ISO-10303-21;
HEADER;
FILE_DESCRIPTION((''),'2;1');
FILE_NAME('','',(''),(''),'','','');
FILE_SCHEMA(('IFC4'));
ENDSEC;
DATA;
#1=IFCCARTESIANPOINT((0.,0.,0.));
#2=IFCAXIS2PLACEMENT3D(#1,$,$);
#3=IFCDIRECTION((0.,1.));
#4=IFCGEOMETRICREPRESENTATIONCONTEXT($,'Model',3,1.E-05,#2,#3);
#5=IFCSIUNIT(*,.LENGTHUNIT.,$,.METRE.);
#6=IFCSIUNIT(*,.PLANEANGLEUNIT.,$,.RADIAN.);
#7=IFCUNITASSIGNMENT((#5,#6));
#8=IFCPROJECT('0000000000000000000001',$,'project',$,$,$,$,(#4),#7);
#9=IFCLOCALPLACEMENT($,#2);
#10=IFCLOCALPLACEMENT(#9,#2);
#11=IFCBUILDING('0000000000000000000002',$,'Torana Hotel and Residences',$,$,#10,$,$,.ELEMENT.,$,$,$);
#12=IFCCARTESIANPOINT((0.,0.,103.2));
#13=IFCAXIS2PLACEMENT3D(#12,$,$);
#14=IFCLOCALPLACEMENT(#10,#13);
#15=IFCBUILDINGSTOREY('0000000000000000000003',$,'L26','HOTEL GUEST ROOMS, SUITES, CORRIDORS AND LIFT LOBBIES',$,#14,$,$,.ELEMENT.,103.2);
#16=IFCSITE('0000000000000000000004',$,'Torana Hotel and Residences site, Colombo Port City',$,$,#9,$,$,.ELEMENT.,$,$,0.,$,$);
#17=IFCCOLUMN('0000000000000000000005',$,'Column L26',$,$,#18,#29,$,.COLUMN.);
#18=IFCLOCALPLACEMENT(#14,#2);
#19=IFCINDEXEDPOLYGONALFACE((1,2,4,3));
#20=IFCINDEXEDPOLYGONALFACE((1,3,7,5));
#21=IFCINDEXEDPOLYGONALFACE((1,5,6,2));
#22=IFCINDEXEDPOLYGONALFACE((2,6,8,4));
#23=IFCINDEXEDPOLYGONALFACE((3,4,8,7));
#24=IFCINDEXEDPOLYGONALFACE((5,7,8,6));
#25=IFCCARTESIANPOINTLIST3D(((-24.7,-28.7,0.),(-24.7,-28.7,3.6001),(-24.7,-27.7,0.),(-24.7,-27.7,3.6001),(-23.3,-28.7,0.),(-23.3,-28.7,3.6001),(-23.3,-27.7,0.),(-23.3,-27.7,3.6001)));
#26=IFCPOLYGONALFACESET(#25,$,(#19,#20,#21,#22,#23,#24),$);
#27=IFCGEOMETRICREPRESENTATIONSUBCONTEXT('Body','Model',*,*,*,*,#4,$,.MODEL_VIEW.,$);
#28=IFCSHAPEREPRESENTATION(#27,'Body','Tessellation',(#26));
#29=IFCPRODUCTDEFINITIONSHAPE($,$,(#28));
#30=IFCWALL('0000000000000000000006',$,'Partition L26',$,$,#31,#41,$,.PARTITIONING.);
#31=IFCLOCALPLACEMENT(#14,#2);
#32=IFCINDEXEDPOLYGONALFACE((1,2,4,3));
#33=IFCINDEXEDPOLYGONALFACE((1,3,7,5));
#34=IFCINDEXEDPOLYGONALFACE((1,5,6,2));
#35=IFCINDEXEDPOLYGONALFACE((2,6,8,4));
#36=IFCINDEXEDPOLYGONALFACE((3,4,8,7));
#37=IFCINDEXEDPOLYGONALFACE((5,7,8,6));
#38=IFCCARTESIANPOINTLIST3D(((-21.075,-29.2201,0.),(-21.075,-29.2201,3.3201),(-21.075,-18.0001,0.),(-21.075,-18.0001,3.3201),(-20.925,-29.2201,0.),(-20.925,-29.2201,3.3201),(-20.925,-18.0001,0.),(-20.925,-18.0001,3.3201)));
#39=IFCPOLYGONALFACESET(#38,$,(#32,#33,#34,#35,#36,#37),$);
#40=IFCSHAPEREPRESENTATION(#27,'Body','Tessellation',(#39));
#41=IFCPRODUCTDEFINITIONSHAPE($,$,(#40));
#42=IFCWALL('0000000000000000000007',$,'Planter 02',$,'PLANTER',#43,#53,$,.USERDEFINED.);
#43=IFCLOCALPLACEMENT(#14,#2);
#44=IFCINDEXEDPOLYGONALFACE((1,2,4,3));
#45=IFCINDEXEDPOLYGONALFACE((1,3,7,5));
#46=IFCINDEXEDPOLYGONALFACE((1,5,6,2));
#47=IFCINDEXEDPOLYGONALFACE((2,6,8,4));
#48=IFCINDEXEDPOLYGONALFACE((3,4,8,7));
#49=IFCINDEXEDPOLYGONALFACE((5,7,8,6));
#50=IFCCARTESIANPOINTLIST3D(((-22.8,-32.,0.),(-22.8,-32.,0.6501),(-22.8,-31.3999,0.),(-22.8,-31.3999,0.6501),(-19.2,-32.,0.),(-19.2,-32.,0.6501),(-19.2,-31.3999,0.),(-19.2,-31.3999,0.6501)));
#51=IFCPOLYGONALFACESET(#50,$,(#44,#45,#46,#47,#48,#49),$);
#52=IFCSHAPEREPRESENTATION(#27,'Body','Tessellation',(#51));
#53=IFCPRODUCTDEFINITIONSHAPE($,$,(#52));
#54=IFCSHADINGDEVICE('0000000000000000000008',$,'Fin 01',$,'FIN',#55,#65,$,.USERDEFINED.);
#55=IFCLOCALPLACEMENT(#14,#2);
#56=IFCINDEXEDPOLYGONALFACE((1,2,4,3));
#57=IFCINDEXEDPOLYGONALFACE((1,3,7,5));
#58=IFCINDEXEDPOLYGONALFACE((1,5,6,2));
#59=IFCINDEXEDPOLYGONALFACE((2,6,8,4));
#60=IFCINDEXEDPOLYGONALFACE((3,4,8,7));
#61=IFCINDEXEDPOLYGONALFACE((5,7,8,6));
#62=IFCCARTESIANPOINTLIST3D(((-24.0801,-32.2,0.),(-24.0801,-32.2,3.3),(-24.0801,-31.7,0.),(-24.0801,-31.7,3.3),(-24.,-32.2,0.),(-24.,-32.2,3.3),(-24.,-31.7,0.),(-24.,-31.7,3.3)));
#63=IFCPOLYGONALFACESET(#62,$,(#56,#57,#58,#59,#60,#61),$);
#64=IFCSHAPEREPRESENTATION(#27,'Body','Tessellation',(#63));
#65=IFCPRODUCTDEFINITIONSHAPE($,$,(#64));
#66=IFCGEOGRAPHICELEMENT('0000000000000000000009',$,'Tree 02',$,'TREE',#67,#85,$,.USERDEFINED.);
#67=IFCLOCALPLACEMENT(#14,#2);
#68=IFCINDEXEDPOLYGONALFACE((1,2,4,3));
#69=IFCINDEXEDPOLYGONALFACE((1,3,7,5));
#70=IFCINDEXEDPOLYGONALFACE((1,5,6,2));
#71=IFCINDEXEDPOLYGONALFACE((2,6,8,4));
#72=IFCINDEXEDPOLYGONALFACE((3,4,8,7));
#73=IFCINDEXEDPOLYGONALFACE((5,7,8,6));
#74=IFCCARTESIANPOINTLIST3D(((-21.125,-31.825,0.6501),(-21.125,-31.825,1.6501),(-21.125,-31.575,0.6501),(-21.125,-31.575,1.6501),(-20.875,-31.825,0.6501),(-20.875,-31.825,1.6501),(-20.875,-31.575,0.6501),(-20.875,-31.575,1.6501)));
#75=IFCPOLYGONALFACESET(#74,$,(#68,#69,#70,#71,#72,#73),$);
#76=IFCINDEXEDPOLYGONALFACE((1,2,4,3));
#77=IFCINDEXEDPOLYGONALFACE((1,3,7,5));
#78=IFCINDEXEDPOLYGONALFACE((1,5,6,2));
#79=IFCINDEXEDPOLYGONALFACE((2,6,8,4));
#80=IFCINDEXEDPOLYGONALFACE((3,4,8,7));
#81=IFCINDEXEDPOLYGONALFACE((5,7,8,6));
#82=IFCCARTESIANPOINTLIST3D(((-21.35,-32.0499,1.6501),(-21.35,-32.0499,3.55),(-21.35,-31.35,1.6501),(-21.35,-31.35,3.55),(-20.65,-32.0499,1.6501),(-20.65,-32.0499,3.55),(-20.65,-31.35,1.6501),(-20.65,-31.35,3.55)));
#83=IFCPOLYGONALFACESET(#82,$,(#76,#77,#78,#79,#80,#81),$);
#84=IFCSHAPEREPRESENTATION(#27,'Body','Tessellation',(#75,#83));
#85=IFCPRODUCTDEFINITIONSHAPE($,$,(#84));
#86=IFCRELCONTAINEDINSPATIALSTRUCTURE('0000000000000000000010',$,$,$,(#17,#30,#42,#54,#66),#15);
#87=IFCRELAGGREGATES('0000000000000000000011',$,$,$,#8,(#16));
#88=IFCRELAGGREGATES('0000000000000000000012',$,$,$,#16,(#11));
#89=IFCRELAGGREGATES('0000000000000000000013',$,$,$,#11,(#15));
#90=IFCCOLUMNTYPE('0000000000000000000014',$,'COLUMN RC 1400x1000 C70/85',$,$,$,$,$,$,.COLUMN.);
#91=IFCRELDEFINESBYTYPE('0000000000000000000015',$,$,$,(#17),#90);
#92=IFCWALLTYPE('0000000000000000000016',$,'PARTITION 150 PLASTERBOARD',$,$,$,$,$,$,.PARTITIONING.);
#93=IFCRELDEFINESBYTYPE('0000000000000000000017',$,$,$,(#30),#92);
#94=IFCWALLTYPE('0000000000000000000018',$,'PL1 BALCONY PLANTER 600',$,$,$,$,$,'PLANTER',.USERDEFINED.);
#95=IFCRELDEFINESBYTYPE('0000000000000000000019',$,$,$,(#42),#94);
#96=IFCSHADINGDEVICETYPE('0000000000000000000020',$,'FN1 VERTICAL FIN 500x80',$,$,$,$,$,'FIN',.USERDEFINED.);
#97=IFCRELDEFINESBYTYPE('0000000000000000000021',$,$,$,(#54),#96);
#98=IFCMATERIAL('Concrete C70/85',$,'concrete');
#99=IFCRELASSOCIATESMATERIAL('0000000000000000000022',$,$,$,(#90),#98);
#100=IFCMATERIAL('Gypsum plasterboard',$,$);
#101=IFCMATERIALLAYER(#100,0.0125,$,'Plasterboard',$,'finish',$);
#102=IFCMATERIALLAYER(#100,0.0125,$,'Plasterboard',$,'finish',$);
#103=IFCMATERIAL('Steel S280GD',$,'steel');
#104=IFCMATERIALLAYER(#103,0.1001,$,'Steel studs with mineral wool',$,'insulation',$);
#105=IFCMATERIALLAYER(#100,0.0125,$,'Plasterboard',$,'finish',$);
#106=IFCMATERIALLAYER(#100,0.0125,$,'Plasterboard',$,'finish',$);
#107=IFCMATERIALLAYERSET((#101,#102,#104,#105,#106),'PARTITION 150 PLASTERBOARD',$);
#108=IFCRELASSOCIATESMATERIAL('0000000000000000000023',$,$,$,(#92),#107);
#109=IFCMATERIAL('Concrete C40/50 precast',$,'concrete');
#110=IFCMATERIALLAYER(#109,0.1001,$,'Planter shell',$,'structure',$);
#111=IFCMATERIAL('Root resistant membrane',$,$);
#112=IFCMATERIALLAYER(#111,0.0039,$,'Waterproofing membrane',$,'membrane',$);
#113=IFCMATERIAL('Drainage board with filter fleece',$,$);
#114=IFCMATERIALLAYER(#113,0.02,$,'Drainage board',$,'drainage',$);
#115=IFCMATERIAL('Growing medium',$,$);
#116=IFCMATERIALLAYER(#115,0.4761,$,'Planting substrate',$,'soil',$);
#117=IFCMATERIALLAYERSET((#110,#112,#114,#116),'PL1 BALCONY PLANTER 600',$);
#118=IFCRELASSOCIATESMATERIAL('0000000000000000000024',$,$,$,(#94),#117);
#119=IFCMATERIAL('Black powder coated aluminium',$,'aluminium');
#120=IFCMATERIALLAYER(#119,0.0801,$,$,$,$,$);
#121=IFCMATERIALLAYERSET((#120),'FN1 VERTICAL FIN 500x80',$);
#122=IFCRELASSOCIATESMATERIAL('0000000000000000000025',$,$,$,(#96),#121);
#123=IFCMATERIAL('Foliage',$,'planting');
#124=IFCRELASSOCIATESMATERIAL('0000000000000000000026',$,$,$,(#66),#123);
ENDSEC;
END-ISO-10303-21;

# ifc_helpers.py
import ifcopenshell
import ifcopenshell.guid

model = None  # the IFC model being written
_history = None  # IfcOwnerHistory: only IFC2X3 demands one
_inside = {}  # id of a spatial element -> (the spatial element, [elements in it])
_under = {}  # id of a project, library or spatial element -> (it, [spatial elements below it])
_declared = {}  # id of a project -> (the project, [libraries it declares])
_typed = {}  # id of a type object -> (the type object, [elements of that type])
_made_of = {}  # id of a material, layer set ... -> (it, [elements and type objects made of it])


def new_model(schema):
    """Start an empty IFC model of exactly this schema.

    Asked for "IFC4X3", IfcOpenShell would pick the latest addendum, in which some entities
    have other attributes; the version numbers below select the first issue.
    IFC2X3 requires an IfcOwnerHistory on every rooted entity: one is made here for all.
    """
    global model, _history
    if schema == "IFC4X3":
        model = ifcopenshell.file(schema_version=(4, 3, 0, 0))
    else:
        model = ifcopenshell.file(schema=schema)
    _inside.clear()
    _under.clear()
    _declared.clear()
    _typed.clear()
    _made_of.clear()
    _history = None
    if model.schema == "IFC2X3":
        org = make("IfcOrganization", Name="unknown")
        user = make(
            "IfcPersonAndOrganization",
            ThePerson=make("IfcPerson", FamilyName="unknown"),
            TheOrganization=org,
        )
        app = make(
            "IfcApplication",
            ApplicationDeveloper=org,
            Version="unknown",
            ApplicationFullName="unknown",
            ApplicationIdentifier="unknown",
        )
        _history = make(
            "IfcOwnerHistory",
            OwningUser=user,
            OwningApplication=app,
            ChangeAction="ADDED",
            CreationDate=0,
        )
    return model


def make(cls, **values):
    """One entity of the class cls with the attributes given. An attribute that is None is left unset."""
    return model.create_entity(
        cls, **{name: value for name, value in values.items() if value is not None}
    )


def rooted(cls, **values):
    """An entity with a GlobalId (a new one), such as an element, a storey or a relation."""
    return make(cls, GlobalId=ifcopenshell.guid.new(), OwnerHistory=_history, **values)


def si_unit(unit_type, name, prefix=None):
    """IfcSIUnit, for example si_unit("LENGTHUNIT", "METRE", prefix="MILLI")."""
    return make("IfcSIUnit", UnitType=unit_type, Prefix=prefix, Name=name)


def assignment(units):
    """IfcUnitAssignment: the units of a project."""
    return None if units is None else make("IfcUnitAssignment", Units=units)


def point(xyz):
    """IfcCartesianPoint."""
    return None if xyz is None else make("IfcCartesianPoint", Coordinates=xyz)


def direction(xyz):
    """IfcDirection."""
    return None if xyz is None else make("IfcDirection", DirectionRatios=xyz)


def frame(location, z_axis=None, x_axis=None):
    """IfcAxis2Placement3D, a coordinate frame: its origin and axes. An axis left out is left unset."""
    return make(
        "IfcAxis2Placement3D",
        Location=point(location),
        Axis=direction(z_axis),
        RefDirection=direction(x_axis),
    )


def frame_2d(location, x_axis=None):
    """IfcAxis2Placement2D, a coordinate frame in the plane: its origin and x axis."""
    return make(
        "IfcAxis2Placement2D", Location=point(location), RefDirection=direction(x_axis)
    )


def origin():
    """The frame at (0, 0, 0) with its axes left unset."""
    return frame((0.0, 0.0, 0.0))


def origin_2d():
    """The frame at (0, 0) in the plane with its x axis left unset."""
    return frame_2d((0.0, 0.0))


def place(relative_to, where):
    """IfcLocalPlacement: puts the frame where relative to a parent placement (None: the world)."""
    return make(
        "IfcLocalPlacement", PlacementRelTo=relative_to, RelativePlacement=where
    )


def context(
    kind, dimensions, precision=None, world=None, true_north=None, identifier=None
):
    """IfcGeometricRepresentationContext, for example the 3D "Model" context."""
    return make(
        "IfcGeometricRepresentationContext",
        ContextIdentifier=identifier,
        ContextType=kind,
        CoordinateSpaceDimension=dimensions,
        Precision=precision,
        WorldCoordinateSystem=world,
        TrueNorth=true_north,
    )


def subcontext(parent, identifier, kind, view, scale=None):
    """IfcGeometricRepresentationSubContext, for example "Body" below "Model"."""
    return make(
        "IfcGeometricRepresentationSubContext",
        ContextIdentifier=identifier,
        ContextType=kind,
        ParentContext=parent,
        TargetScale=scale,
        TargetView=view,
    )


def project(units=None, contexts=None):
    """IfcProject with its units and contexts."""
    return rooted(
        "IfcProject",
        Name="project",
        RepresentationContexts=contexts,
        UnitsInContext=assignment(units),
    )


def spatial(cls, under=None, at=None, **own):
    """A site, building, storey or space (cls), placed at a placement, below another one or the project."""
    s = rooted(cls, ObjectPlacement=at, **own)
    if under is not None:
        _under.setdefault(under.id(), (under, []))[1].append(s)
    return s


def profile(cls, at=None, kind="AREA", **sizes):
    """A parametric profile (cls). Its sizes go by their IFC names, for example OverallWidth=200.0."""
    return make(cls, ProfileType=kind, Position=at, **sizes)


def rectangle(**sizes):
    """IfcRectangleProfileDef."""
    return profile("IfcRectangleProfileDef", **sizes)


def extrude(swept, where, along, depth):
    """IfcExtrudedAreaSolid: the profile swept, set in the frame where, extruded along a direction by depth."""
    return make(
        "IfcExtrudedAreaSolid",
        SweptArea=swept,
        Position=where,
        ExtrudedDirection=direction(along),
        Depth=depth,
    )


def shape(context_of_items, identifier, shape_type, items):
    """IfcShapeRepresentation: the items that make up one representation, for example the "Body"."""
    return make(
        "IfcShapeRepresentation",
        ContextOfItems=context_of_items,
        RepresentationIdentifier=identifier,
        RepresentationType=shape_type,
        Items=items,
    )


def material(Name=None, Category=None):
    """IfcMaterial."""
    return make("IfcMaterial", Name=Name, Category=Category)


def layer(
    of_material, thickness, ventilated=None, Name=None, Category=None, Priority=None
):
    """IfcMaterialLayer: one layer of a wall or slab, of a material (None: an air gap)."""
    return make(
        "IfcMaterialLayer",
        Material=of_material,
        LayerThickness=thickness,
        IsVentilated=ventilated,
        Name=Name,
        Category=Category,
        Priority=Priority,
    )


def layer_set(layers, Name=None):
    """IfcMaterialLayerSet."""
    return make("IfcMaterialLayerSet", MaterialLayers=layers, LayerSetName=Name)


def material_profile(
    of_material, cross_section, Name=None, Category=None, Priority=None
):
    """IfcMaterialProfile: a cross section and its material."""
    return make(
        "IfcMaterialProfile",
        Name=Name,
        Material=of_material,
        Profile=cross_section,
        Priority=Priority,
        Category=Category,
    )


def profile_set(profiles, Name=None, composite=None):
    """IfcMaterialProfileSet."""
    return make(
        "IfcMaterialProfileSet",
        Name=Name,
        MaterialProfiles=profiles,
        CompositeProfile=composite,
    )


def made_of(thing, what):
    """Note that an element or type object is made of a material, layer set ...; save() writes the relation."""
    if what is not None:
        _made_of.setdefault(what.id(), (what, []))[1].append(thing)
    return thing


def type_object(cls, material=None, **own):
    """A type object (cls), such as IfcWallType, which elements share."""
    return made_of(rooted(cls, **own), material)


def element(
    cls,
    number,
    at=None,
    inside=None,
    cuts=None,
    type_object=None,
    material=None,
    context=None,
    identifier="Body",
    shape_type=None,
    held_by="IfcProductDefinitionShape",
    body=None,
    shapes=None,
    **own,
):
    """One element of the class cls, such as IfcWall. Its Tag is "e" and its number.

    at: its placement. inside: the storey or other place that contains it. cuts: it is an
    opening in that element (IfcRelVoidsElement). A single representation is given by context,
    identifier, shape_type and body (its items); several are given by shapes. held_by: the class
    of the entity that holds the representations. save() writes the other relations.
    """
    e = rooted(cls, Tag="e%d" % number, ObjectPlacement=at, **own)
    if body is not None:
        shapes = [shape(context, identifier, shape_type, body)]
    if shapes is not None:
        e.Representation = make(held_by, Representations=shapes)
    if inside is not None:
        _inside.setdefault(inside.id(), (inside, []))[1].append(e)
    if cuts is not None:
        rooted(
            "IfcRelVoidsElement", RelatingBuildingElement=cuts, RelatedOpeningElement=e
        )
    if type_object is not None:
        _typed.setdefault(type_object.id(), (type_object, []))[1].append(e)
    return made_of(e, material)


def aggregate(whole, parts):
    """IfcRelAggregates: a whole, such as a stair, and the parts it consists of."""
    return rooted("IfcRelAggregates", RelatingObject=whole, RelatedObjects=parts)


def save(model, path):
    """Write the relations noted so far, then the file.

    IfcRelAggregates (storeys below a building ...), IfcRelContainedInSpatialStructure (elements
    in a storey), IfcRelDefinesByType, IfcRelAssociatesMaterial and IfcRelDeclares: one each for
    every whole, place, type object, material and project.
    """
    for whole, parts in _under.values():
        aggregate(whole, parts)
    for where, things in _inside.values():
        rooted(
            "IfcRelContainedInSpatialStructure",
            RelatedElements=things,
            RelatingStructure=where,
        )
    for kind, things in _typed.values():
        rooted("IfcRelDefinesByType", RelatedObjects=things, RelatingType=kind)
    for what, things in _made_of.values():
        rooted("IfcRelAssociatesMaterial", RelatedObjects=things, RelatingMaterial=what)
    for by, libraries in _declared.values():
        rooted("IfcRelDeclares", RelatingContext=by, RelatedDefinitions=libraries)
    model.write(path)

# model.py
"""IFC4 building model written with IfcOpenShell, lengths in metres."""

from ifc_helpers import new_model, si_unit, direction, frame, frame_2d, origin, origin_2d, place, context, subcontext, project, spatial, rectangle, extrude, material, layer, layer_set, material_profile, profile_set, type_object, element, save


model = new_model("IFC4")

# Units and contexts
model_context = context("Model", 3, precision=1e-05, world=origin(), true_north=direction((0.0, 1.0)))
body_context = subcontext(model_context, "Body", "Model", "MODEL_VIEW")
ifc_project = project(units=[si_unit("LENGTHUNIT", "METRE"), si_unit("PLANEANGLEUNIT", "RADIAN")], contexts=[model_context])

# Site, building, storey
site_placement = place(None, origin())
site = spatial("IfcSite", under=ifc_project, at=site_placement, Name="Torana Hotel and Residences site, Colombo Port City", CompositionType="ELEMENT", RefElevation=0.0)
building_placement = place(site_placement, origin())
building = spatial("IfcBuilding", under=site, at=building_placement, Name="Torana Hotel and Residences", CompositionType="ELEMENT")
storey_placement = place(building_placement, frame((0.0, 0.0, 103.2)))
storey = spatial("IfcBuildingStorey", under=building, at=storey_placement, Name="L26", Description="HOTEL GUEST ROOMS, SUITES, CORRIDORS AND LIFT LOBBIES", CompositionType="ELEMENT", Elevation=103.2)

# Column
ifc_material_1 = material(Name="Concrete C70/85", Category="concrete")
ifc_material_profile = material_profile(ifc_material_1, rectangle(XDim=1.3999, YDim=1.0, at=origin_2d()), Name="RC 1400x1000")
ifc_profile_set = profile_set([ifc_material_profile], Name="Concrete C70/85")
column_type = type_object("IfcColumnType", Name="COLUMN RC 1400x1000 C70/85", PredefinedType="COLUMN", material=ifc_profile_set)
column_placement = place(storey_placement, frame((-24.0, -28.2, 0.0), z_axis=(0.0, 0.0, 1.0), x_axis=(1.0, 0.0, 0.0)))
element("IfcColumn", 1, at=column_placement, inside=storey, type_object=column_type, Name="Column L26", PredefinedType="COLUMN", context=body_context, shape_type="SweptSolid", body=[
    extrude(rectangle(XDim=1.3999, YDim=1.0, at=origin_2d()), origin(), (0.0, 0.0, 1.0), 3.6001),
])

# Walls
ifc_material_2 = material(Name="Gypsum plasterboard")
ifc_layer_1 = layer(ifc_material_2, 0.0125, Name="Plasterboard", Category="finish")
ifc_layer_2 = layer(ifc_material_2, 0.0125, Name="Plasterboard", Category="finish")
ifc_material_3 = material(Name="Steel S280GD", Category="steel")
ifc_layer_3 = layer(ifc_material_3, 0.1001, Name="Steel studs with mineral wool", Category="insulation")
ifc_layer_4 = layer(ifc_material_2, 0.0125, Name="Plasterboard", Category="finish")
ifc_layer_5 = layer(ifc_material_2, 0.0125, Name="Plasterboard", Category="finish")
ifc_layer_set_1 = layer_set([ifc_layer_1, ifc_layer_2, ifc_layer_3, ifc_layer_4, ifc_layer_5], Name="PARTITION 150 PLASTERBOARD")
wall_type_1 = type_object("IfcWallType", Name="PARTITION 150 PLASTERBOARD", PredefinedType="PARTITIONING", material=ifc_layer_set_1)
wall_1_placement = place(storey_placement, frame((-21.0, -29.22, 0.0), z_axis=(0.0, 0.0, 1.0), x_axis=(0.0, 1.0, 0.0)))
element("IfcWall", 2, at=wall_1_placement, inside=storey, type_object=wall_type_1, Name="Partition L26", PredefinedType="PARTITIONING", context=body_context, shape_type="SweptSolid", body=[
    extrude(rectangle(XDim=11.22, YDim=0.1499, at=frame_2d((5.6099, 0.0))), origin(), (0.0, 0.0, 1.0), 3.3201),
])
ifc_material_4 = material(Name="Concrete C40/50 precast", Category="concrete")
ifc_layer_6 = layer(ifc_material_4, 0.1001, Name="Planter shell", Category="structure")
ifc_material_5 = material(Name="Root resistant membrane")
ifc_layer_7 = layer(ifc_material_5, 0.0039, Name="Waterproofing membrane", Category="membrane")
ifc_material_6 = material(Name="Drainage board with filter fleece")
ifc_layer_8 = layer(ifc_material_6, 0.02, Name="Drainage board", Category="drainage")
ifc_material_7 = material(Name="Growing medium")
ifc_layer_9 = layer(ifc_material_7, 0.4761, Name="Planting substrate", Category="soil")
ifc_layer_set_2 = layer_set([ifc_layer_6, ifc_layer_7, ifc_layer_8, ifc_layer_9], Name="PL1 BALCONY PLANTER 600")
wall_type_2 = type_object("IfcWallType", Name="PL1 BALCONY PLANTER 600", ElementType="PLANTER", PredefinedType="USERDEFINED", material=ifc_layer_set_2)
wall_2_placement = place(storey_placement, frame((-19.2, -31.7, 0.0), z_axis=(0.0, 0.0, 1.0), x_axis=(-1.0, 0.0, 0.0)))
element("IfcWall", 3, at=wall_2_placement, inside=storey, type_object=wall_type_2, Name="Planter 02", ObjectType="PLANTER", PredefinedType="USERDEFINED", context=body_context, shape_type="SweptSolid", body=[
    extrude(rectangle(XDim=3.6001, YDim=0.6001, at=frame_2d((1.8, 0.0))), origin(), (0.0, 0.0, 1.0), 0.6501),
])

# Shading device
ifc_material_8 = material(Name="Black powder coated aluminium", Category="aluminium")
ifc_layer_10 = layer(ifc_material_8, 0.0801)
ifc_layer_set_3 = layer_set([ifc_layer_10], Name="FN1 VERTICAL FIN 500x80")
shading_device_type = type_object("IfcShadingDeviceType", Name="FN1 VERTICAL FIN 500x80", ElementType="FIN", PredefinedType="USERDEFINED", material=ifc_layer_set_3)
shading_device_placement = place(storey_placement, frame((-24.04, -31.95, 0.0), z_axis=(0.0, 0.0, 1.0), x_axis=(-1.0, 0.0, 0.0)))
element("IfcShadingDevice", 4, at=shading_device_placement, inside=storey, type_object=shading_device_type, Name="Fin 01", ObjectType="FIN", PredefinedType="USERDEFINED", context=body_context, shape_type="SweptSolid", body=[
    extrude(rectangle(XDim=0.0801, YDim=0.5, at=origin_2d()), origin(), (0.0, 0.0, 1.0), 3.3),
])

# Geographic element
ifc_material_9 = material(Name="Foliage", Category="planting")
geographic_element_placement = place(storey_placement, frame((-21.0, -31.7, 0.6501), z_axis=(0.0, 0.0, 1.0), x_axis=(1.0, 0.0, 0.0)))
element("IfcGeographicElement", 5, at=geographic_element_placement, inside=storey, material=ifc_material_9, Name="Tree 02", ObjectType="TREE", PredefinedType="USERDEFINED", context=body_context, shape_type="SweptSolid", body=[
    extrude(rectangle(XDim=0.25, YDim=0.25, at=origin_2d()), origin(), (0.0, 0.0, 1.0), 1.0),
    extrude(rectangle(XDim=0.7, YDim=0.7, at=origin_2d()), frame((0.0, 0.0, 1.0)), (0.0, 0.0, 1.0), 1.8999),
])

save(model, "model.ifc")
